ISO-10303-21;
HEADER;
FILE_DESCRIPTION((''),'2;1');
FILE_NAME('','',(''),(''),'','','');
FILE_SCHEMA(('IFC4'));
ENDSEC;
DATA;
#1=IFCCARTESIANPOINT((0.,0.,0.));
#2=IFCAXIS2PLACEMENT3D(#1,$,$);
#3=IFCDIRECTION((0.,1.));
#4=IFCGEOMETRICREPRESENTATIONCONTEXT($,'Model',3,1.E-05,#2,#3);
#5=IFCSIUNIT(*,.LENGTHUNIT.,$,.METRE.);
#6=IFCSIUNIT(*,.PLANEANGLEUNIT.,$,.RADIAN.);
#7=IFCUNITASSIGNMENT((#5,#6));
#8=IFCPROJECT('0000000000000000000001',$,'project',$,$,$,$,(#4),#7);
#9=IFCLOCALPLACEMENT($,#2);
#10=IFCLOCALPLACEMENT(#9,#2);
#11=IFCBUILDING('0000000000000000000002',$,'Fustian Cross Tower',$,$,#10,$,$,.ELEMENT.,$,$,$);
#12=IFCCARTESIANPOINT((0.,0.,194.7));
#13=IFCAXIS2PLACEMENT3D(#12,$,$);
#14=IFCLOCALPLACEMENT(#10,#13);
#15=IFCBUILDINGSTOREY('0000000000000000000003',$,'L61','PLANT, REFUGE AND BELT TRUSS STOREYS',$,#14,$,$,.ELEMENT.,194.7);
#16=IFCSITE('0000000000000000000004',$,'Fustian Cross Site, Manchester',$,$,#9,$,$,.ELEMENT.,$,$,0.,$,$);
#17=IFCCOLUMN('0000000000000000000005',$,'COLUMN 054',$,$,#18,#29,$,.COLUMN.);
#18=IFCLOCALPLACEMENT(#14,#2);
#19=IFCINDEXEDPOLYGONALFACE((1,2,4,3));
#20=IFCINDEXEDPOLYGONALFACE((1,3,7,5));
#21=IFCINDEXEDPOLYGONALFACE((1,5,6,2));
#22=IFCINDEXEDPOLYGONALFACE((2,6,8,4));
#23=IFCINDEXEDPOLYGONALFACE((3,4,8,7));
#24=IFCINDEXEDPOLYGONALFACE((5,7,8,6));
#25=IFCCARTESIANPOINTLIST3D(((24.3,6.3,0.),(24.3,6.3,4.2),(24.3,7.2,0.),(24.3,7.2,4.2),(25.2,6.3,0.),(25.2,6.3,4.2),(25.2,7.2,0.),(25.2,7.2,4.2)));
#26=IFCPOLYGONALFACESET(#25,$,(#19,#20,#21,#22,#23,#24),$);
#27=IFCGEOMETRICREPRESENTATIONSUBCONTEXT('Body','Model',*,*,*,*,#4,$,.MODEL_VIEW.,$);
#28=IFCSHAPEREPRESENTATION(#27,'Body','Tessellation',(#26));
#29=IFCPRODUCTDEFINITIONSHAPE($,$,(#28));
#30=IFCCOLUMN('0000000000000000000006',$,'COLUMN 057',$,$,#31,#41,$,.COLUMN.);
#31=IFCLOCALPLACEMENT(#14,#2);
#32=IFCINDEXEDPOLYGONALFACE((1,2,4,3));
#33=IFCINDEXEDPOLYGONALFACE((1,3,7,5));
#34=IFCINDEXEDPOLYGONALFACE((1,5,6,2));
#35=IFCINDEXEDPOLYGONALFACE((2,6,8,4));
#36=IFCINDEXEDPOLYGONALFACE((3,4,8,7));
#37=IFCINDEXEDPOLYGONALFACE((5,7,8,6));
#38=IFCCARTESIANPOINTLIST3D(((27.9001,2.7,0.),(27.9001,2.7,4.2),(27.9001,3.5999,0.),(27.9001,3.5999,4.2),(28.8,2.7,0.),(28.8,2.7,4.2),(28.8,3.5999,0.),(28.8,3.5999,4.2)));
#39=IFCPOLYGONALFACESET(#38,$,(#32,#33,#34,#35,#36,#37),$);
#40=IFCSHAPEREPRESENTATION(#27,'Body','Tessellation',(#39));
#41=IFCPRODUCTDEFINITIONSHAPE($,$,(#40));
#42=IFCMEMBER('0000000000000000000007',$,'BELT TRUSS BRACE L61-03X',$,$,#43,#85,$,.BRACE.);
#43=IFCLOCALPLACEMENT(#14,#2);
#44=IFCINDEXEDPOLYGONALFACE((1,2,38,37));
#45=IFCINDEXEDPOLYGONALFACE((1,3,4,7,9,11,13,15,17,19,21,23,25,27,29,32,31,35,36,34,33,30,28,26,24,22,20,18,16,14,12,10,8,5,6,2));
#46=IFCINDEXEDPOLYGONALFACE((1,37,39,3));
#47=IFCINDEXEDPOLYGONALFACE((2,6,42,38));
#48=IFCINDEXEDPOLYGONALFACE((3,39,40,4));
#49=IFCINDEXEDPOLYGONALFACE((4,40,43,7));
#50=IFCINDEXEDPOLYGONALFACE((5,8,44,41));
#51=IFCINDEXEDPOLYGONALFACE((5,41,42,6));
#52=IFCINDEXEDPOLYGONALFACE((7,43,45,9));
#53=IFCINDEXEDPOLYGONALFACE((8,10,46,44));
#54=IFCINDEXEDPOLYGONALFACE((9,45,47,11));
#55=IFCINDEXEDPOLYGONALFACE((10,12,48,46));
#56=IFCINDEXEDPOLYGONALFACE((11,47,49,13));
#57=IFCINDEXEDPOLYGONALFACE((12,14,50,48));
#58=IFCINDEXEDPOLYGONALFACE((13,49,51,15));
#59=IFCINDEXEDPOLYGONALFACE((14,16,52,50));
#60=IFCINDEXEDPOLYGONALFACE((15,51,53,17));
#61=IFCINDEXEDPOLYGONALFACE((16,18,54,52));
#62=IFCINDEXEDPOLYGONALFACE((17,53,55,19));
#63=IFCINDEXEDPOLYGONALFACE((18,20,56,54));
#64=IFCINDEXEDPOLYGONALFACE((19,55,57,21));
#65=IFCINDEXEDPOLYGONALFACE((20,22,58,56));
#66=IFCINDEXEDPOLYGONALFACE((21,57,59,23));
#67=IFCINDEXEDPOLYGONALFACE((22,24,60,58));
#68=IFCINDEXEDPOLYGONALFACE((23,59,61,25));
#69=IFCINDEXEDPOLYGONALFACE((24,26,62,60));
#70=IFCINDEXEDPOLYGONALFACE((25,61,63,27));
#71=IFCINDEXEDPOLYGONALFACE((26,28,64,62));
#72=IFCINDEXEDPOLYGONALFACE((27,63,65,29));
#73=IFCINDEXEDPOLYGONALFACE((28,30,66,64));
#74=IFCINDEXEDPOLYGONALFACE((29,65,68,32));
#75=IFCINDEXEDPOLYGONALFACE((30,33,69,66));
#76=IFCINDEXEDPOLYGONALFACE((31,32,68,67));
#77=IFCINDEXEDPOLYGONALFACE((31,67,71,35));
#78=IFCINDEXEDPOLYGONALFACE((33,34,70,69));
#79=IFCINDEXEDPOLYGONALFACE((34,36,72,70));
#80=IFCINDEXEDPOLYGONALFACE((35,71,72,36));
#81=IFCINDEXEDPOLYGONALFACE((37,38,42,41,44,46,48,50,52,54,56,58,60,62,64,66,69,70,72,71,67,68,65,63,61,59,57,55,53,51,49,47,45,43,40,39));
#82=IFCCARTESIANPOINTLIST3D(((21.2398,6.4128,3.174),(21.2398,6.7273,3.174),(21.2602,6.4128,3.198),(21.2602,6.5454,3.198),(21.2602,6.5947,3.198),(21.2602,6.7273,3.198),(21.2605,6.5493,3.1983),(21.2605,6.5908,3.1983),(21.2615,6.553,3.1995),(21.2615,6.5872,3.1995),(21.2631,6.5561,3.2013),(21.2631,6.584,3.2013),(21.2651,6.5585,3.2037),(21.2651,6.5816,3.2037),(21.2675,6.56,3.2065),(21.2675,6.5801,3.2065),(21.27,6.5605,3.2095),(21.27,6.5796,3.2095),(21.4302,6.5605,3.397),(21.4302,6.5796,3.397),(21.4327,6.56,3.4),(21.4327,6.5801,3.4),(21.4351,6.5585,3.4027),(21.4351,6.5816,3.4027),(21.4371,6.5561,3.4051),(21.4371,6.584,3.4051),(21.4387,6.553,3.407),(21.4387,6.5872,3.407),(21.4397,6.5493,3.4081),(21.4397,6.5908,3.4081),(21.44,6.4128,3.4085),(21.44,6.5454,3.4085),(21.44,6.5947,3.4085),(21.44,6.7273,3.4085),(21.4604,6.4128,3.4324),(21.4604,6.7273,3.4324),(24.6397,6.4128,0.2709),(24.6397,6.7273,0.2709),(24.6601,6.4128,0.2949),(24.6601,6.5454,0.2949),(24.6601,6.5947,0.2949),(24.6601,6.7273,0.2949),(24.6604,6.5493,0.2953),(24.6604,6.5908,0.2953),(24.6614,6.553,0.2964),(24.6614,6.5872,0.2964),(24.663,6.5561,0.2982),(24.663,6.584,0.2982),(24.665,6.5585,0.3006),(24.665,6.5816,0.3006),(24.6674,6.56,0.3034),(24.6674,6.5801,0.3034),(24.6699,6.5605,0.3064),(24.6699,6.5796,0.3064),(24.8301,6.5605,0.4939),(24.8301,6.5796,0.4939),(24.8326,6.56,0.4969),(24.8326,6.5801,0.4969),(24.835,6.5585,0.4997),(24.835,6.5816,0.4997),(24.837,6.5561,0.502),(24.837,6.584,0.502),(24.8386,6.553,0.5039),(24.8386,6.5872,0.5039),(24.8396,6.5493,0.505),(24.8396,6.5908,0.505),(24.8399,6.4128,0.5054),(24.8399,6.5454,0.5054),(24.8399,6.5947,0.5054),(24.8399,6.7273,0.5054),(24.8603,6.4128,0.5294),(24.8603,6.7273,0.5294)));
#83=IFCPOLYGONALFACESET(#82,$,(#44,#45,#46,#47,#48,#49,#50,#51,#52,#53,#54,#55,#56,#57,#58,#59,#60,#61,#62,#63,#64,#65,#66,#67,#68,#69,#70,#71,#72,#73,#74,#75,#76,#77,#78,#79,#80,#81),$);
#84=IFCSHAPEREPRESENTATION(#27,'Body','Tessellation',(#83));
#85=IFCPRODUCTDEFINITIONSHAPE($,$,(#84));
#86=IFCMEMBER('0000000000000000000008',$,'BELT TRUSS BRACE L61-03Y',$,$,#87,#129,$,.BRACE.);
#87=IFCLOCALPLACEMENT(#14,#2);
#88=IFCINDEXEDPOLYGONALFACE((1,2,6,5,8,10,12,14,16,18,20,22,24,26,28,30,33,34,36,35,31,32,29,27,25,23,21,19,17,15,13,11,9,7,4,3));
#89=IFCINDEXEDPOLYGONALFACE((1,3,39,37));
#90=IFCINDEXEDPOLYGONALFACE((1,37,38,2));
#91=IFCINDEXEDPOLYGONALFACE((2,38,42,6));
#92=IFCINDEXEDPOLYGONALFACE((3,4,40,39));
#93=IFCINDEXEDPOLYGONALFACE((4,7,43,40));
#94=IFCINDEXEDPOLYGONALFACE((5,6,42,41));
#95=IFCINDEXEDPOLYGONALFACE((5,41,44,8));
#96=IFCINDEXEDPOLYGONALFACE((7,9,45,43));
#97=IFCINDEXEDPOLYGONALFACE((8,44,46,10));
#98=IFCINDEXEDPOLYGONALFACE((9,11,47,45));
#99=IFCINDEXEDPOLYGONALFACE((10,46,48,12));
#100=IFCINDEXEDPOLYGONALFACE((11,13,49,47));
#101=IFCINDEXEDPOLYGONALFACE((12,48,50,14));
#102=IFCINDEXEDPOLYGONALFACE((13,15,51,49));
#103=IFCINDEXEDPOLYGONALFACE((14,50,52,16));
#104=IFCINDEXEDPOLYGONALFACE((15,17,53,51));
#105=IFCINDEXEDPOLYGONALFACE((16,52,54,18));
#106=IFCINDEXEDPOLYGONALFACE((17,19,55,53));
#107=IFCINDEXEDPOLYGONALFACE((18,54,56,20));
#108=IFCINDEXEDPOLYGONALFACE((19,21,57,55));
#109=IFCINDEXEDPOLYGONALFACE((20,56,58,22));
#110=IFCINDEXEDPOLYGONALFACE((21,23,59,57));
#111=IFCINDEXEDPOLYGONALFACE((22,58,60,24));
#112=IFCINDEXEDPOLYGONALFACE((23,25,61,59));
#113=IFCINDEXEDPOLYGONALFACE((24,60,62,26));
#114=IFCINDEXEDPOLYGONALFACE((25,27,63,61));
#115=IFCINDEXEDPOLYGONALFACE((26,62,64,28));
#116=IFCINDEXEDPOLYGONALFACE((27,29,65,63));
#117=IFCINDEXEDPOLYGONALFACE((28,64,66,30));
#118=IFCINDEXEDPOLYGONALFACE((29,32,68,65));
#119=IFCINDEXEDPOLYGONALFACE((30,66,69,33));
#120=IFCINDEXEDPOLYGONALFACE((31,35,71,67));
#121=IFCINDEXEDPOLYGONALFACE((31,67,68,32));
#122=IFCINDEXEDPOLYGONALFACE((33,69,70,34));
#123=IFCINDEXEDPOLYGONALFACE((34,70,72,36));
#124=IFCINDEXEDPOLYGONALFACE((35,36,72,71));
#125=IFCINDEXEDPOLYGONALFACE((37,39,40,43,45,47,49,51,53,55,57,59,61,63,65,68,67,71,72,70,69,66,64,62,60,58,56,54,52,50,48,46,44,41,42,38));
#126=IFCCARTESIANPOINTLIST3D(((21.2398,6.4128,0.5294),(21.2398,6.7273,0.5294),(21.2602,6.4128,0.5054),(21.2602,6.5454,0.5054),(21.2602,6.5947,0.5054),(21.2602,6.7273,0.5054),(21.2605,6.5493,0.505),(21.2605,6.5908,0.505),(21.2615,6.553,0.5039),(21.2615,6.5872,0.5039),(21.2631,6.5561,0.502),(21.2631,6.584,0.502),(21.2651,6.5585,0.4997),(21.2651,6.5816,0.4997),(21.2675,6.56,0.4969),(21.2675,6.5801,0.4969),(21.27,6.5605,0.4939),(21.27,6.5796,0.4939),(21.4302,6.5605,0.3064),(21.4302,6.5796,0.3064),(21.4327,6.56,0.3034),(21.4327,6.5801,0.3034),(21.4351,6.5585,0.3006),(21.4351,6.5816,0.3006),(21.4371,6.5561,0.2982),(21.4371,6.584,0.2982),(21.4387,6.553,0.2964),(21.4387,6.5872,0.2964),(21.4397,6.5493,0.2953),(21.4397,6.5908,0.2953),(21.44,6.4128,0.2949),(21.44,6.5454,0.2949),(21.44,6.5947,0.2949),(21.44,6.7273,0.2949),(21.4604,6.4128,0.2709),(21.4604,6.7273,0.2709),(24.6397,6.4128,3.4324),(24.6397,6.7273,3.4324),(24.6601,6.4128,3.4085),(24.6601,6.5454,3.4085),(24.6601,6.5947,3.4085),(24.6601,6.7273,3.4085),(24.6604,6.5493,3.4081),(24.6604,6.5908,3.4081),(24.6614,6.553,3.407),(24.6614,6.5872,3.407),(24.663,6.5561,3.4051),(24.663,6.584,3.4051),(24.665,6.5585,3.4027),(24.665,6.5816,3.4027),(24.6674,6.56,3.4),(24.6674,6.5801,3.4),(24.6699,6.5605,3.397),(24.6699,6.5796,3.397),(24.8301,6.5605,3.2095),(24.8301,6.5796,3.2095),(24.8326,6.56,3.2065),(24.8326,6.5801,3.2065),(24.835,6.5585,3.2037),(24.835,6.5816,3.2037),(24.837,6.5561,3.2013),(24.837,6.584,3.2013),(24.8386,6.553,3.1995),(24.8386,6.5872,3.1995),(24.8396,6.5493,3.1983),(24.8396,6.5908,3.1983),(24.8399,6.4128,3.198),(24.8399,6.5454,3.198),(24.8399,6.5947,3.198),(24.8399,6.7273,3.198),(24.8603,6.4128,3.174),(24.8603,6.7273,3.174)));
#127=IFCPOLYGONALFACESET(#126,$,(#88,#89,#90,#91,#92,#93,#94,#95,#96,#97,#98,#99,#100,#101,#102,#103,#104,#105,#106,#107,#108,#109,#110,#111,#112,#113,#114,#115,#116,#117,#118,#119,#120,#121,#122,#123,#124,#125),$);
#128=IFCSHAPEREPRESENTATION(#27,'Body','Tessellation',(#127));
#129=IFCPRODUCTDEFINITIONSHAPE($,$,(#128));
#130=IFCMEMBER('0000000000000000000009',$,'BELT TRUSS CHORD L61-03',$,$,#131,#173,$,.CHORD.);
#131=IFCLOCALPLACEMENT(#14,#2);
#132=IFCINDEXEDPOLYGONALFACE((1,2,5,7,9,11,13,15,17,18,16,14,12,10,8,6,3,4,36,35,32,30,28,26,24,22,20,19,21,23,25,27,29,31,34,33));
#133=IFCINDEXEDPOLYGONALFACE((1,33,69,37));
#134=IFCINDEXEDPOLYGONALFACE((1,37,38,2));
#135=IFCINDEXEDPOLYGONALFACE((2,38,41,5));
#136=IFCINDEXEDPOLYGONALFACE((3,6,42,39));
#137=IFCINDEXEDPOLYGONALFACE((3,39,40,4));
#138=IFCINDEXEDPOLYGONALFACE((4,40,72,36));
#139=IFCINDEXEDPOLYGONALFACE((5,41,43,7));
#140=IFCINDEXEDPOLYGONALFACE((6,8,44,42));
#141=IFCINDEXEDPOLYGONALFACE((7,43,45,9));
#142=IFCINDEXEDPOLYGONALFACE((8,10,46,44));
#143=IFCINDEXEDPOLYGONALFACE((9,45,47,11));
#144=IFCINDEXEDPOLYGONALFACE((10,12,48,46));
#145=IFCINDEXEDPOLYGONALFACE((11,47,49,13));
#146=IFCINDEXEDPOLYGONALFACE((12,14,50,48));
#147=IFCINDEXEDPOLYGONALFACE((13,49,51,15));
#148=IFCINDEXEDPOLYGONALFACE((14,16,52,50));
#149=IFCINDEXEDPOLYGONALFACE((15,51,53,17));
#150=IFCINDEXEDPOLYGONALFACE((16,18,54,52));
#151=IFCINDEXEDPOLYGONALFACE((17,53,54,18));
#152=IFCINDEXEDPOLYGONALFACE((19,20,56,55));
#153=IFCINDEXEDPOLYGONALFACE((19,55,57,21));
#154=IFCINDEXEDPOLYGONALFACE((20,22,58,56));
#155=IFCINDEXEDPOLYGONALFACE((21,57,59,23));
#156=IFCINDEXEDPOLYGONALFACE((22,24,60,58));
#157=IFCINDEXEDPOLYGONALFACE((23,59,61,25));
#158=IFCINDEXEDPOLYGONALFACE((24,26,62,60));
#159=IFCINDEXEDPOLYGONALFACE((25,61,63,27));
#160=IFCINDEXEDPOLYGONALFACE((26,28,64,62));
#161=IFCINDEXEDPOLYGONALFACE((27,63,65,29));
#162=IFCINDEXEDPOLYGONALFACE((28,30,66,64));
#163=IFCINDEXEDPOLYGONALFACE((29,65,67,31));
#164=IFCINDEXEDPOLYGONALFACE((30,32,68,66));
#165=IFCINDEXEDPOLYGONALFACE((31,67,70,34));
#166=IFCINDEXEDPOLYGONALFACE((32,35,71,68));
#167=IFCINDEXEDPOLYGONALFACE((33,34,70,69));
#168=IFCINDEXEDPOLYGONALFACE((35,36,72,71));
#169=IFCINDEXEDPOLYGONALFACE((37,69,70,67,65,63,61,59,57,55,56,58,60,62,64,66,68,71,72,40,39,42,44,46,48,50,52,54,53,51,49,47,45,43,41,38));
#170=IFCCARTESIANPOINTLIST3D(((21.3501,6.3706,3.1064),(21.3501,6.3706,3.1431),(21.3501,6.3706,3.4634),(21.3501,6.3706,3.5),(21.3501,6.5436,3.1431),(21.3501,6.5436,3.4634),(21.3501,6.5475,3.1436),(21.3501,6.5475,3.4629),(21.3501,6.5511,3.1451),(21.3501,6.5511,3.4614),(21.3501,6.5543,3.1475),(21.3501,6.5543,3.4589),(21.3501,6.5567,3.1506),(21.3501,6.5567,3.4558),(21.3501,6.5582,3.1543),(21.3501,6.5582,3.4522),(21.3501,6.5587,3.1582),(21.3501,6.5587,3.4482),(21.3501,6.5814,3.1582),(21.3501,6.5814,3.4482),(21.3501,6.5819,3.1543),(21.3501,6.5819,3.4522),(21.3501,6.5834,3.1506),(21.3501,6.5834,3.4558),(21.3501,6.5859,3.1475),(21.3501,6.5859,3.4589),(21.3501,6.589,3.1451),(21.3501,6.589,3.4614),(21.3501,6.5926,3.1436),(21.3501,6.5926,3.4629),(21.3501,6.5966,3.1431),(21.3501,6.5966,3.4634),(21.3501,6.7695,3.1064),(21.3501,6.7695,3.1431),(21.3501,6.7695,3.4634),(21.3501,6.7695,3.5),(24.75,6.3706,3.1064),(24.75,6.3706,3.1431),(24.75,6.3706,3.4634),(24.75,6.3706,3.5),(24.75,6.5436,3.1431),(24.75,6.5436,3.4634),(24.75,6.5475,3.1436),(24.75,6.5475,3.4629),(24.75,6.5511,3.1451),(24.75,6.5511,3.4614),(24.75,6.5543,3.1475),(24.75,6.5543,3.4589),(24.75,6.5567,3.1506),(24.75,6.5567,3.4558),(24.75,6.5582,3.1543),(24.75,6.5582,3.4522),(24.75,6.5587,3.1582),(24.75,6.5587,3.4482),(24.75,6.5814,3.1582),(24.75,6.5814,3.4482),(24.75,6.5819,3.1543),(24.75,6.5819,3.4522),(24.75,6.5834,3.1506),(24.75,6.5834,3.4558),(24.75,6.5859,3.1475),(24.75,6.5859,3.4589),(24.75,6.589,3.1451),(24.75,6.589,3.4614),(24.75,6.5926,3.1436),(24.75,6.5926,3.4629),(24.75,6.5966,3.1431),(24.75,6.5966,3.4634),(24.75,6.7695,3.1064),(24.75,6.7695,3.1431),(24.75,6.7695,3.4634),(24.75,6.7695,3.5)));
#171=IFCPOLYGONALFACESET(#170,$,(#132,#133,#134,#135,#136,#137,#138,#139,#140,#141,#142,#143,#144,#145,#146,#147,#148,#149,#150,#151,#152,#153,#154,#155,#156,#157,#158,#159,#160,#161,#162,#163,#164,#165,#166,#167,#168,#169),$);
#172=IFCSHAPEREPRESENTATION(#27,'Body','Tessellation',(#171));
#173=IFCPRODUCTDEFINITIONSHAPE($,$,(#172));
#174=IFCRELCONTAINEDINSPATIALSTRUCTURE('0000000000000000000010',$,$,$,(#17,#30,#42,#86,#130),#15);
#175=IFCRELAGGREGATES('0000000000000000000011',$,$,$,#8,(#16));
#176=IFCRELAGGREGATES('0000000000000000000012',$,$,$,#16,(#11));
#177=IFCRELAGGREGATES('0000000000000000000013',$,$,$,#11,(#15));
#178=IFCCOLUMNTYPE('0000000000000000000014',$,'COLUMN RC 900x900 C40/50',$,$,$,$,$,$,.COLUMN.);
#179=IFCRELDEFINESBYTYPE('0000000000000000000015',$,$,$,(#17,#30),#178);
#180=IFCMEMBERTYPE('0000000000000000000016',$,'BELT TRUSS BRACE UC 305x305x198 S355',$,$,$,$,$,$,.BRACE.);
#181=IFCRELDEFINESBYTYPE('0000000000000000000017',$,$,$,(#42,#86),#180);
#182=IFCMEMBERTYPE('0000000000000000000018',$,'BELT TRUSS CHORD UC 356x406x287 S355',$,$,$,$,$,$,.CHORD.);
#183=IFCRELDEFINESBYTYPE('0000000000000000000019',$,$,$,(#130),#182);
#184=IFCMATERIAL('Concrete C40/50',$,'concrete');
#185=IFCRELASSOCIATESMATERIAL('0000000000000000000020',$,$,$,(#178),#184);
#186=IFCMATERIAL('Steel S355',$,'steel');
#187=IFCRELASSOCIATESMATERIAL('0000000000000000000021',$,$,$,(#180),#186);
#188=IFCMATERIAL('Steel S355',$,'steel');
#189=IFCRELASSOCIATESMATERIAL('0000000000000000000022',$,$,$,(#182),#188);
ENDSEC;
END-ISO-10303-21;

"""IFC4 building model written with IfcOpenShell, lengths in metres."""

from ifc_helpers import new_model, si_unit, direction, frame, origin, origin_2d, place, context, subcontext, project, spatial, rectangle, i_section, extrude, material, material_profile, profile_set, type_object, element, save


model = new_model("IFC4")

# Units and contexts
model_context = context("Model", 3, precision=1e-05, world=origin(), true_north=direction((0.0, 1.0)))
body_context = subcontext(model_context, "Body", "Model", "MODEL_VIEW")
ifc_project = project(units=[si_unit("LENGTHUNIT", "METRE"), si_unit("PLANEANGLEUNIT", "RADIAN")], contexts=[model_context])

# Site, building, storey
site_placement = place(None, origin())
site = spatial("IfcSite", under=ifc_project, at=site_placement, Name="Fustian Cross Site, Manchester", CompositionType="ELEMENT", RefElevation=0.0)
building_placement = place(site_placement, origin())
building = spatial("IfcBuilding", under=site, at=building_placement, Name="Fustian Cross Tower", CompositionType="ELEMENT")
storey_placement = place(building_placement, frame((0.0, 0.0, 194.7)))
storey = spatial("IfcBuildingStorey", under=building, at=storey_placement, Name="L61", Description="PLANT, REFUGE AND BELT TRUSS STOREYS", CompositionType="ELEMENT", Elevation=194.7)

# Columns
ifc_material_1 = material(Name="Concrete C40/50", Category="concrete")
ifc_material_profile_1 = material_profile(ifc_material_1, rectangle(XDim=0.8999, YDim=0.8999, at=origin_2d()), Name="RC 900x900")
ifc_profile_set_1 = profile_set([ifc_material_profile_1], Name="Concrete C40/50")
column_type = type_object("IfcColumnType", Name="COLUMN RC 900x900 C40/50", PredefinedType="COLUMN", material=ifc_profile_set_1)
for number, where, z_axis, x_axis, name in (
    (1, (24.75, 6.75, 0.0), (0.0, 0.0, 1.0), (1.0, 0.0, 0.0), "COLUMN 054"),
    (2, (28.3501, 3.1499, 0.0), (0.0, 0.0, 1.0), (1.0, 0.0, 0.0), "COLUMN 057"),
):
    element("IfcColumn", number, at=place(storey_placement, frame(where, z_axis=z_axis, x_axis=x_axis)), inside=storey, type_object=column_type, Name=name, PredefinedType="COLUMN", context=body_context, shape_type="SweptSolid", body=[
        extrude(rectangle(XDim=0.8999, YDim=0.8999, at=origin_2d()), origin(), (0.0, 0.0, 1.0), 4.2),
    ])

# Members
ifc_material_2 = material(Name="Steel S355", Category="steel")
ifc_material_profile_2 = material_profile(ifc_material_2, i_section(OverallWidth=0.3145, OverallDepth=0.3398, WebThickness=0.019, FlangeThickness=0.0315, FilletRadius=0.0151, at=origin_2d()), Name="UC 305x305x198")
ifc_profile_set_2 = profile_set([ifc_material_profile_2], Name="Steel S355")
member_type_1 = type_object("IfcMemberType", Name="BELT TRUSS BRACE UC 305x305x198 S355", PredefinedType="BRACE", material=ifc_profile_set_2)
for number, where, z_axis, x_axis, name in (
    (3, (24.75, 6.5701, 0.4001), (-0.760485, 0.0, 0.649356), (0.0, -1.0, 0.0), "BELT TRUSS BRACE L61-03X"),
    (4, (24.75, 6.5701, 3.3032), (-0.760485, 0.0, -0.649356), (0.0, -1.0, 0.0), "BELT TRUSS BRACE L61-03Y"),
):
    element("IfcMember", number, at=place(storey_placement, frame(where, z_axis=z_axis, x_axis=x_axis)), inside=storey, type_object=member_type_1, Name=name, PredefinedType="BRACE", context=body_context, shape_type="SweptSolid", body=[
        extrude(i_section(OverallWidth=0.3145, OverallDepth=0.3398, WebThickness=0.019, FlangeThickness=0.0315, FilletRadius=0.0151, at=origin_2d()), origin(), (0.0, 0.0, 1.0), 4.4707),
    ])
ifc_material_3 = material(Name="Steel S355", Category="steel")
ifc_material_profile_3 = material_profile(ifc_material_3, i_section(OverallWidth=0.3989, OverallDepth=0.3936, WebThickness=0.0227, FlangeThickness=0.0366, FilletRadius=0.0151, at=origin_2d()), Name="UC 356x406x287")
ifc_profile_set_3 = profile_set([ifc_material_profile_3], Name="Steel S355")
member_type_2 = type_object("IfcMemberType", Name="BELT TRUSS CHORD UC 356x406x287 S355", PredefinedType="CHORD", material=ifc_profile_set_3)
for number, where, z_axis, x_axis, name in (
    (5, (24.75, 6.5701, 3.3032), (-1.0, 0.0, 0.0), (0.0, -1.0, 0.0), "BELT TRUSS CHORD L61-03"),
):
    element("IfcMember", number, at=place(storey_placement, frame(where, z_axis=z_axis, x_axis=x_axis)), inside=storey, type_object=member_type_2, Name=name, PredefinedType="CHORD", context=body_context, shape_type="SweptSolid", body=[
        extrude(i_section(OverallWidth=0.3989, OverallDepth=0.3936, WebThickness=0.0227, FlangeThickness=0.0366, FilletRadius=0.0151, at=origin_2d()), origin(), (0.0, 0.0, 1.0), 3.3999),
    ])

save(model, "model.ifc")
